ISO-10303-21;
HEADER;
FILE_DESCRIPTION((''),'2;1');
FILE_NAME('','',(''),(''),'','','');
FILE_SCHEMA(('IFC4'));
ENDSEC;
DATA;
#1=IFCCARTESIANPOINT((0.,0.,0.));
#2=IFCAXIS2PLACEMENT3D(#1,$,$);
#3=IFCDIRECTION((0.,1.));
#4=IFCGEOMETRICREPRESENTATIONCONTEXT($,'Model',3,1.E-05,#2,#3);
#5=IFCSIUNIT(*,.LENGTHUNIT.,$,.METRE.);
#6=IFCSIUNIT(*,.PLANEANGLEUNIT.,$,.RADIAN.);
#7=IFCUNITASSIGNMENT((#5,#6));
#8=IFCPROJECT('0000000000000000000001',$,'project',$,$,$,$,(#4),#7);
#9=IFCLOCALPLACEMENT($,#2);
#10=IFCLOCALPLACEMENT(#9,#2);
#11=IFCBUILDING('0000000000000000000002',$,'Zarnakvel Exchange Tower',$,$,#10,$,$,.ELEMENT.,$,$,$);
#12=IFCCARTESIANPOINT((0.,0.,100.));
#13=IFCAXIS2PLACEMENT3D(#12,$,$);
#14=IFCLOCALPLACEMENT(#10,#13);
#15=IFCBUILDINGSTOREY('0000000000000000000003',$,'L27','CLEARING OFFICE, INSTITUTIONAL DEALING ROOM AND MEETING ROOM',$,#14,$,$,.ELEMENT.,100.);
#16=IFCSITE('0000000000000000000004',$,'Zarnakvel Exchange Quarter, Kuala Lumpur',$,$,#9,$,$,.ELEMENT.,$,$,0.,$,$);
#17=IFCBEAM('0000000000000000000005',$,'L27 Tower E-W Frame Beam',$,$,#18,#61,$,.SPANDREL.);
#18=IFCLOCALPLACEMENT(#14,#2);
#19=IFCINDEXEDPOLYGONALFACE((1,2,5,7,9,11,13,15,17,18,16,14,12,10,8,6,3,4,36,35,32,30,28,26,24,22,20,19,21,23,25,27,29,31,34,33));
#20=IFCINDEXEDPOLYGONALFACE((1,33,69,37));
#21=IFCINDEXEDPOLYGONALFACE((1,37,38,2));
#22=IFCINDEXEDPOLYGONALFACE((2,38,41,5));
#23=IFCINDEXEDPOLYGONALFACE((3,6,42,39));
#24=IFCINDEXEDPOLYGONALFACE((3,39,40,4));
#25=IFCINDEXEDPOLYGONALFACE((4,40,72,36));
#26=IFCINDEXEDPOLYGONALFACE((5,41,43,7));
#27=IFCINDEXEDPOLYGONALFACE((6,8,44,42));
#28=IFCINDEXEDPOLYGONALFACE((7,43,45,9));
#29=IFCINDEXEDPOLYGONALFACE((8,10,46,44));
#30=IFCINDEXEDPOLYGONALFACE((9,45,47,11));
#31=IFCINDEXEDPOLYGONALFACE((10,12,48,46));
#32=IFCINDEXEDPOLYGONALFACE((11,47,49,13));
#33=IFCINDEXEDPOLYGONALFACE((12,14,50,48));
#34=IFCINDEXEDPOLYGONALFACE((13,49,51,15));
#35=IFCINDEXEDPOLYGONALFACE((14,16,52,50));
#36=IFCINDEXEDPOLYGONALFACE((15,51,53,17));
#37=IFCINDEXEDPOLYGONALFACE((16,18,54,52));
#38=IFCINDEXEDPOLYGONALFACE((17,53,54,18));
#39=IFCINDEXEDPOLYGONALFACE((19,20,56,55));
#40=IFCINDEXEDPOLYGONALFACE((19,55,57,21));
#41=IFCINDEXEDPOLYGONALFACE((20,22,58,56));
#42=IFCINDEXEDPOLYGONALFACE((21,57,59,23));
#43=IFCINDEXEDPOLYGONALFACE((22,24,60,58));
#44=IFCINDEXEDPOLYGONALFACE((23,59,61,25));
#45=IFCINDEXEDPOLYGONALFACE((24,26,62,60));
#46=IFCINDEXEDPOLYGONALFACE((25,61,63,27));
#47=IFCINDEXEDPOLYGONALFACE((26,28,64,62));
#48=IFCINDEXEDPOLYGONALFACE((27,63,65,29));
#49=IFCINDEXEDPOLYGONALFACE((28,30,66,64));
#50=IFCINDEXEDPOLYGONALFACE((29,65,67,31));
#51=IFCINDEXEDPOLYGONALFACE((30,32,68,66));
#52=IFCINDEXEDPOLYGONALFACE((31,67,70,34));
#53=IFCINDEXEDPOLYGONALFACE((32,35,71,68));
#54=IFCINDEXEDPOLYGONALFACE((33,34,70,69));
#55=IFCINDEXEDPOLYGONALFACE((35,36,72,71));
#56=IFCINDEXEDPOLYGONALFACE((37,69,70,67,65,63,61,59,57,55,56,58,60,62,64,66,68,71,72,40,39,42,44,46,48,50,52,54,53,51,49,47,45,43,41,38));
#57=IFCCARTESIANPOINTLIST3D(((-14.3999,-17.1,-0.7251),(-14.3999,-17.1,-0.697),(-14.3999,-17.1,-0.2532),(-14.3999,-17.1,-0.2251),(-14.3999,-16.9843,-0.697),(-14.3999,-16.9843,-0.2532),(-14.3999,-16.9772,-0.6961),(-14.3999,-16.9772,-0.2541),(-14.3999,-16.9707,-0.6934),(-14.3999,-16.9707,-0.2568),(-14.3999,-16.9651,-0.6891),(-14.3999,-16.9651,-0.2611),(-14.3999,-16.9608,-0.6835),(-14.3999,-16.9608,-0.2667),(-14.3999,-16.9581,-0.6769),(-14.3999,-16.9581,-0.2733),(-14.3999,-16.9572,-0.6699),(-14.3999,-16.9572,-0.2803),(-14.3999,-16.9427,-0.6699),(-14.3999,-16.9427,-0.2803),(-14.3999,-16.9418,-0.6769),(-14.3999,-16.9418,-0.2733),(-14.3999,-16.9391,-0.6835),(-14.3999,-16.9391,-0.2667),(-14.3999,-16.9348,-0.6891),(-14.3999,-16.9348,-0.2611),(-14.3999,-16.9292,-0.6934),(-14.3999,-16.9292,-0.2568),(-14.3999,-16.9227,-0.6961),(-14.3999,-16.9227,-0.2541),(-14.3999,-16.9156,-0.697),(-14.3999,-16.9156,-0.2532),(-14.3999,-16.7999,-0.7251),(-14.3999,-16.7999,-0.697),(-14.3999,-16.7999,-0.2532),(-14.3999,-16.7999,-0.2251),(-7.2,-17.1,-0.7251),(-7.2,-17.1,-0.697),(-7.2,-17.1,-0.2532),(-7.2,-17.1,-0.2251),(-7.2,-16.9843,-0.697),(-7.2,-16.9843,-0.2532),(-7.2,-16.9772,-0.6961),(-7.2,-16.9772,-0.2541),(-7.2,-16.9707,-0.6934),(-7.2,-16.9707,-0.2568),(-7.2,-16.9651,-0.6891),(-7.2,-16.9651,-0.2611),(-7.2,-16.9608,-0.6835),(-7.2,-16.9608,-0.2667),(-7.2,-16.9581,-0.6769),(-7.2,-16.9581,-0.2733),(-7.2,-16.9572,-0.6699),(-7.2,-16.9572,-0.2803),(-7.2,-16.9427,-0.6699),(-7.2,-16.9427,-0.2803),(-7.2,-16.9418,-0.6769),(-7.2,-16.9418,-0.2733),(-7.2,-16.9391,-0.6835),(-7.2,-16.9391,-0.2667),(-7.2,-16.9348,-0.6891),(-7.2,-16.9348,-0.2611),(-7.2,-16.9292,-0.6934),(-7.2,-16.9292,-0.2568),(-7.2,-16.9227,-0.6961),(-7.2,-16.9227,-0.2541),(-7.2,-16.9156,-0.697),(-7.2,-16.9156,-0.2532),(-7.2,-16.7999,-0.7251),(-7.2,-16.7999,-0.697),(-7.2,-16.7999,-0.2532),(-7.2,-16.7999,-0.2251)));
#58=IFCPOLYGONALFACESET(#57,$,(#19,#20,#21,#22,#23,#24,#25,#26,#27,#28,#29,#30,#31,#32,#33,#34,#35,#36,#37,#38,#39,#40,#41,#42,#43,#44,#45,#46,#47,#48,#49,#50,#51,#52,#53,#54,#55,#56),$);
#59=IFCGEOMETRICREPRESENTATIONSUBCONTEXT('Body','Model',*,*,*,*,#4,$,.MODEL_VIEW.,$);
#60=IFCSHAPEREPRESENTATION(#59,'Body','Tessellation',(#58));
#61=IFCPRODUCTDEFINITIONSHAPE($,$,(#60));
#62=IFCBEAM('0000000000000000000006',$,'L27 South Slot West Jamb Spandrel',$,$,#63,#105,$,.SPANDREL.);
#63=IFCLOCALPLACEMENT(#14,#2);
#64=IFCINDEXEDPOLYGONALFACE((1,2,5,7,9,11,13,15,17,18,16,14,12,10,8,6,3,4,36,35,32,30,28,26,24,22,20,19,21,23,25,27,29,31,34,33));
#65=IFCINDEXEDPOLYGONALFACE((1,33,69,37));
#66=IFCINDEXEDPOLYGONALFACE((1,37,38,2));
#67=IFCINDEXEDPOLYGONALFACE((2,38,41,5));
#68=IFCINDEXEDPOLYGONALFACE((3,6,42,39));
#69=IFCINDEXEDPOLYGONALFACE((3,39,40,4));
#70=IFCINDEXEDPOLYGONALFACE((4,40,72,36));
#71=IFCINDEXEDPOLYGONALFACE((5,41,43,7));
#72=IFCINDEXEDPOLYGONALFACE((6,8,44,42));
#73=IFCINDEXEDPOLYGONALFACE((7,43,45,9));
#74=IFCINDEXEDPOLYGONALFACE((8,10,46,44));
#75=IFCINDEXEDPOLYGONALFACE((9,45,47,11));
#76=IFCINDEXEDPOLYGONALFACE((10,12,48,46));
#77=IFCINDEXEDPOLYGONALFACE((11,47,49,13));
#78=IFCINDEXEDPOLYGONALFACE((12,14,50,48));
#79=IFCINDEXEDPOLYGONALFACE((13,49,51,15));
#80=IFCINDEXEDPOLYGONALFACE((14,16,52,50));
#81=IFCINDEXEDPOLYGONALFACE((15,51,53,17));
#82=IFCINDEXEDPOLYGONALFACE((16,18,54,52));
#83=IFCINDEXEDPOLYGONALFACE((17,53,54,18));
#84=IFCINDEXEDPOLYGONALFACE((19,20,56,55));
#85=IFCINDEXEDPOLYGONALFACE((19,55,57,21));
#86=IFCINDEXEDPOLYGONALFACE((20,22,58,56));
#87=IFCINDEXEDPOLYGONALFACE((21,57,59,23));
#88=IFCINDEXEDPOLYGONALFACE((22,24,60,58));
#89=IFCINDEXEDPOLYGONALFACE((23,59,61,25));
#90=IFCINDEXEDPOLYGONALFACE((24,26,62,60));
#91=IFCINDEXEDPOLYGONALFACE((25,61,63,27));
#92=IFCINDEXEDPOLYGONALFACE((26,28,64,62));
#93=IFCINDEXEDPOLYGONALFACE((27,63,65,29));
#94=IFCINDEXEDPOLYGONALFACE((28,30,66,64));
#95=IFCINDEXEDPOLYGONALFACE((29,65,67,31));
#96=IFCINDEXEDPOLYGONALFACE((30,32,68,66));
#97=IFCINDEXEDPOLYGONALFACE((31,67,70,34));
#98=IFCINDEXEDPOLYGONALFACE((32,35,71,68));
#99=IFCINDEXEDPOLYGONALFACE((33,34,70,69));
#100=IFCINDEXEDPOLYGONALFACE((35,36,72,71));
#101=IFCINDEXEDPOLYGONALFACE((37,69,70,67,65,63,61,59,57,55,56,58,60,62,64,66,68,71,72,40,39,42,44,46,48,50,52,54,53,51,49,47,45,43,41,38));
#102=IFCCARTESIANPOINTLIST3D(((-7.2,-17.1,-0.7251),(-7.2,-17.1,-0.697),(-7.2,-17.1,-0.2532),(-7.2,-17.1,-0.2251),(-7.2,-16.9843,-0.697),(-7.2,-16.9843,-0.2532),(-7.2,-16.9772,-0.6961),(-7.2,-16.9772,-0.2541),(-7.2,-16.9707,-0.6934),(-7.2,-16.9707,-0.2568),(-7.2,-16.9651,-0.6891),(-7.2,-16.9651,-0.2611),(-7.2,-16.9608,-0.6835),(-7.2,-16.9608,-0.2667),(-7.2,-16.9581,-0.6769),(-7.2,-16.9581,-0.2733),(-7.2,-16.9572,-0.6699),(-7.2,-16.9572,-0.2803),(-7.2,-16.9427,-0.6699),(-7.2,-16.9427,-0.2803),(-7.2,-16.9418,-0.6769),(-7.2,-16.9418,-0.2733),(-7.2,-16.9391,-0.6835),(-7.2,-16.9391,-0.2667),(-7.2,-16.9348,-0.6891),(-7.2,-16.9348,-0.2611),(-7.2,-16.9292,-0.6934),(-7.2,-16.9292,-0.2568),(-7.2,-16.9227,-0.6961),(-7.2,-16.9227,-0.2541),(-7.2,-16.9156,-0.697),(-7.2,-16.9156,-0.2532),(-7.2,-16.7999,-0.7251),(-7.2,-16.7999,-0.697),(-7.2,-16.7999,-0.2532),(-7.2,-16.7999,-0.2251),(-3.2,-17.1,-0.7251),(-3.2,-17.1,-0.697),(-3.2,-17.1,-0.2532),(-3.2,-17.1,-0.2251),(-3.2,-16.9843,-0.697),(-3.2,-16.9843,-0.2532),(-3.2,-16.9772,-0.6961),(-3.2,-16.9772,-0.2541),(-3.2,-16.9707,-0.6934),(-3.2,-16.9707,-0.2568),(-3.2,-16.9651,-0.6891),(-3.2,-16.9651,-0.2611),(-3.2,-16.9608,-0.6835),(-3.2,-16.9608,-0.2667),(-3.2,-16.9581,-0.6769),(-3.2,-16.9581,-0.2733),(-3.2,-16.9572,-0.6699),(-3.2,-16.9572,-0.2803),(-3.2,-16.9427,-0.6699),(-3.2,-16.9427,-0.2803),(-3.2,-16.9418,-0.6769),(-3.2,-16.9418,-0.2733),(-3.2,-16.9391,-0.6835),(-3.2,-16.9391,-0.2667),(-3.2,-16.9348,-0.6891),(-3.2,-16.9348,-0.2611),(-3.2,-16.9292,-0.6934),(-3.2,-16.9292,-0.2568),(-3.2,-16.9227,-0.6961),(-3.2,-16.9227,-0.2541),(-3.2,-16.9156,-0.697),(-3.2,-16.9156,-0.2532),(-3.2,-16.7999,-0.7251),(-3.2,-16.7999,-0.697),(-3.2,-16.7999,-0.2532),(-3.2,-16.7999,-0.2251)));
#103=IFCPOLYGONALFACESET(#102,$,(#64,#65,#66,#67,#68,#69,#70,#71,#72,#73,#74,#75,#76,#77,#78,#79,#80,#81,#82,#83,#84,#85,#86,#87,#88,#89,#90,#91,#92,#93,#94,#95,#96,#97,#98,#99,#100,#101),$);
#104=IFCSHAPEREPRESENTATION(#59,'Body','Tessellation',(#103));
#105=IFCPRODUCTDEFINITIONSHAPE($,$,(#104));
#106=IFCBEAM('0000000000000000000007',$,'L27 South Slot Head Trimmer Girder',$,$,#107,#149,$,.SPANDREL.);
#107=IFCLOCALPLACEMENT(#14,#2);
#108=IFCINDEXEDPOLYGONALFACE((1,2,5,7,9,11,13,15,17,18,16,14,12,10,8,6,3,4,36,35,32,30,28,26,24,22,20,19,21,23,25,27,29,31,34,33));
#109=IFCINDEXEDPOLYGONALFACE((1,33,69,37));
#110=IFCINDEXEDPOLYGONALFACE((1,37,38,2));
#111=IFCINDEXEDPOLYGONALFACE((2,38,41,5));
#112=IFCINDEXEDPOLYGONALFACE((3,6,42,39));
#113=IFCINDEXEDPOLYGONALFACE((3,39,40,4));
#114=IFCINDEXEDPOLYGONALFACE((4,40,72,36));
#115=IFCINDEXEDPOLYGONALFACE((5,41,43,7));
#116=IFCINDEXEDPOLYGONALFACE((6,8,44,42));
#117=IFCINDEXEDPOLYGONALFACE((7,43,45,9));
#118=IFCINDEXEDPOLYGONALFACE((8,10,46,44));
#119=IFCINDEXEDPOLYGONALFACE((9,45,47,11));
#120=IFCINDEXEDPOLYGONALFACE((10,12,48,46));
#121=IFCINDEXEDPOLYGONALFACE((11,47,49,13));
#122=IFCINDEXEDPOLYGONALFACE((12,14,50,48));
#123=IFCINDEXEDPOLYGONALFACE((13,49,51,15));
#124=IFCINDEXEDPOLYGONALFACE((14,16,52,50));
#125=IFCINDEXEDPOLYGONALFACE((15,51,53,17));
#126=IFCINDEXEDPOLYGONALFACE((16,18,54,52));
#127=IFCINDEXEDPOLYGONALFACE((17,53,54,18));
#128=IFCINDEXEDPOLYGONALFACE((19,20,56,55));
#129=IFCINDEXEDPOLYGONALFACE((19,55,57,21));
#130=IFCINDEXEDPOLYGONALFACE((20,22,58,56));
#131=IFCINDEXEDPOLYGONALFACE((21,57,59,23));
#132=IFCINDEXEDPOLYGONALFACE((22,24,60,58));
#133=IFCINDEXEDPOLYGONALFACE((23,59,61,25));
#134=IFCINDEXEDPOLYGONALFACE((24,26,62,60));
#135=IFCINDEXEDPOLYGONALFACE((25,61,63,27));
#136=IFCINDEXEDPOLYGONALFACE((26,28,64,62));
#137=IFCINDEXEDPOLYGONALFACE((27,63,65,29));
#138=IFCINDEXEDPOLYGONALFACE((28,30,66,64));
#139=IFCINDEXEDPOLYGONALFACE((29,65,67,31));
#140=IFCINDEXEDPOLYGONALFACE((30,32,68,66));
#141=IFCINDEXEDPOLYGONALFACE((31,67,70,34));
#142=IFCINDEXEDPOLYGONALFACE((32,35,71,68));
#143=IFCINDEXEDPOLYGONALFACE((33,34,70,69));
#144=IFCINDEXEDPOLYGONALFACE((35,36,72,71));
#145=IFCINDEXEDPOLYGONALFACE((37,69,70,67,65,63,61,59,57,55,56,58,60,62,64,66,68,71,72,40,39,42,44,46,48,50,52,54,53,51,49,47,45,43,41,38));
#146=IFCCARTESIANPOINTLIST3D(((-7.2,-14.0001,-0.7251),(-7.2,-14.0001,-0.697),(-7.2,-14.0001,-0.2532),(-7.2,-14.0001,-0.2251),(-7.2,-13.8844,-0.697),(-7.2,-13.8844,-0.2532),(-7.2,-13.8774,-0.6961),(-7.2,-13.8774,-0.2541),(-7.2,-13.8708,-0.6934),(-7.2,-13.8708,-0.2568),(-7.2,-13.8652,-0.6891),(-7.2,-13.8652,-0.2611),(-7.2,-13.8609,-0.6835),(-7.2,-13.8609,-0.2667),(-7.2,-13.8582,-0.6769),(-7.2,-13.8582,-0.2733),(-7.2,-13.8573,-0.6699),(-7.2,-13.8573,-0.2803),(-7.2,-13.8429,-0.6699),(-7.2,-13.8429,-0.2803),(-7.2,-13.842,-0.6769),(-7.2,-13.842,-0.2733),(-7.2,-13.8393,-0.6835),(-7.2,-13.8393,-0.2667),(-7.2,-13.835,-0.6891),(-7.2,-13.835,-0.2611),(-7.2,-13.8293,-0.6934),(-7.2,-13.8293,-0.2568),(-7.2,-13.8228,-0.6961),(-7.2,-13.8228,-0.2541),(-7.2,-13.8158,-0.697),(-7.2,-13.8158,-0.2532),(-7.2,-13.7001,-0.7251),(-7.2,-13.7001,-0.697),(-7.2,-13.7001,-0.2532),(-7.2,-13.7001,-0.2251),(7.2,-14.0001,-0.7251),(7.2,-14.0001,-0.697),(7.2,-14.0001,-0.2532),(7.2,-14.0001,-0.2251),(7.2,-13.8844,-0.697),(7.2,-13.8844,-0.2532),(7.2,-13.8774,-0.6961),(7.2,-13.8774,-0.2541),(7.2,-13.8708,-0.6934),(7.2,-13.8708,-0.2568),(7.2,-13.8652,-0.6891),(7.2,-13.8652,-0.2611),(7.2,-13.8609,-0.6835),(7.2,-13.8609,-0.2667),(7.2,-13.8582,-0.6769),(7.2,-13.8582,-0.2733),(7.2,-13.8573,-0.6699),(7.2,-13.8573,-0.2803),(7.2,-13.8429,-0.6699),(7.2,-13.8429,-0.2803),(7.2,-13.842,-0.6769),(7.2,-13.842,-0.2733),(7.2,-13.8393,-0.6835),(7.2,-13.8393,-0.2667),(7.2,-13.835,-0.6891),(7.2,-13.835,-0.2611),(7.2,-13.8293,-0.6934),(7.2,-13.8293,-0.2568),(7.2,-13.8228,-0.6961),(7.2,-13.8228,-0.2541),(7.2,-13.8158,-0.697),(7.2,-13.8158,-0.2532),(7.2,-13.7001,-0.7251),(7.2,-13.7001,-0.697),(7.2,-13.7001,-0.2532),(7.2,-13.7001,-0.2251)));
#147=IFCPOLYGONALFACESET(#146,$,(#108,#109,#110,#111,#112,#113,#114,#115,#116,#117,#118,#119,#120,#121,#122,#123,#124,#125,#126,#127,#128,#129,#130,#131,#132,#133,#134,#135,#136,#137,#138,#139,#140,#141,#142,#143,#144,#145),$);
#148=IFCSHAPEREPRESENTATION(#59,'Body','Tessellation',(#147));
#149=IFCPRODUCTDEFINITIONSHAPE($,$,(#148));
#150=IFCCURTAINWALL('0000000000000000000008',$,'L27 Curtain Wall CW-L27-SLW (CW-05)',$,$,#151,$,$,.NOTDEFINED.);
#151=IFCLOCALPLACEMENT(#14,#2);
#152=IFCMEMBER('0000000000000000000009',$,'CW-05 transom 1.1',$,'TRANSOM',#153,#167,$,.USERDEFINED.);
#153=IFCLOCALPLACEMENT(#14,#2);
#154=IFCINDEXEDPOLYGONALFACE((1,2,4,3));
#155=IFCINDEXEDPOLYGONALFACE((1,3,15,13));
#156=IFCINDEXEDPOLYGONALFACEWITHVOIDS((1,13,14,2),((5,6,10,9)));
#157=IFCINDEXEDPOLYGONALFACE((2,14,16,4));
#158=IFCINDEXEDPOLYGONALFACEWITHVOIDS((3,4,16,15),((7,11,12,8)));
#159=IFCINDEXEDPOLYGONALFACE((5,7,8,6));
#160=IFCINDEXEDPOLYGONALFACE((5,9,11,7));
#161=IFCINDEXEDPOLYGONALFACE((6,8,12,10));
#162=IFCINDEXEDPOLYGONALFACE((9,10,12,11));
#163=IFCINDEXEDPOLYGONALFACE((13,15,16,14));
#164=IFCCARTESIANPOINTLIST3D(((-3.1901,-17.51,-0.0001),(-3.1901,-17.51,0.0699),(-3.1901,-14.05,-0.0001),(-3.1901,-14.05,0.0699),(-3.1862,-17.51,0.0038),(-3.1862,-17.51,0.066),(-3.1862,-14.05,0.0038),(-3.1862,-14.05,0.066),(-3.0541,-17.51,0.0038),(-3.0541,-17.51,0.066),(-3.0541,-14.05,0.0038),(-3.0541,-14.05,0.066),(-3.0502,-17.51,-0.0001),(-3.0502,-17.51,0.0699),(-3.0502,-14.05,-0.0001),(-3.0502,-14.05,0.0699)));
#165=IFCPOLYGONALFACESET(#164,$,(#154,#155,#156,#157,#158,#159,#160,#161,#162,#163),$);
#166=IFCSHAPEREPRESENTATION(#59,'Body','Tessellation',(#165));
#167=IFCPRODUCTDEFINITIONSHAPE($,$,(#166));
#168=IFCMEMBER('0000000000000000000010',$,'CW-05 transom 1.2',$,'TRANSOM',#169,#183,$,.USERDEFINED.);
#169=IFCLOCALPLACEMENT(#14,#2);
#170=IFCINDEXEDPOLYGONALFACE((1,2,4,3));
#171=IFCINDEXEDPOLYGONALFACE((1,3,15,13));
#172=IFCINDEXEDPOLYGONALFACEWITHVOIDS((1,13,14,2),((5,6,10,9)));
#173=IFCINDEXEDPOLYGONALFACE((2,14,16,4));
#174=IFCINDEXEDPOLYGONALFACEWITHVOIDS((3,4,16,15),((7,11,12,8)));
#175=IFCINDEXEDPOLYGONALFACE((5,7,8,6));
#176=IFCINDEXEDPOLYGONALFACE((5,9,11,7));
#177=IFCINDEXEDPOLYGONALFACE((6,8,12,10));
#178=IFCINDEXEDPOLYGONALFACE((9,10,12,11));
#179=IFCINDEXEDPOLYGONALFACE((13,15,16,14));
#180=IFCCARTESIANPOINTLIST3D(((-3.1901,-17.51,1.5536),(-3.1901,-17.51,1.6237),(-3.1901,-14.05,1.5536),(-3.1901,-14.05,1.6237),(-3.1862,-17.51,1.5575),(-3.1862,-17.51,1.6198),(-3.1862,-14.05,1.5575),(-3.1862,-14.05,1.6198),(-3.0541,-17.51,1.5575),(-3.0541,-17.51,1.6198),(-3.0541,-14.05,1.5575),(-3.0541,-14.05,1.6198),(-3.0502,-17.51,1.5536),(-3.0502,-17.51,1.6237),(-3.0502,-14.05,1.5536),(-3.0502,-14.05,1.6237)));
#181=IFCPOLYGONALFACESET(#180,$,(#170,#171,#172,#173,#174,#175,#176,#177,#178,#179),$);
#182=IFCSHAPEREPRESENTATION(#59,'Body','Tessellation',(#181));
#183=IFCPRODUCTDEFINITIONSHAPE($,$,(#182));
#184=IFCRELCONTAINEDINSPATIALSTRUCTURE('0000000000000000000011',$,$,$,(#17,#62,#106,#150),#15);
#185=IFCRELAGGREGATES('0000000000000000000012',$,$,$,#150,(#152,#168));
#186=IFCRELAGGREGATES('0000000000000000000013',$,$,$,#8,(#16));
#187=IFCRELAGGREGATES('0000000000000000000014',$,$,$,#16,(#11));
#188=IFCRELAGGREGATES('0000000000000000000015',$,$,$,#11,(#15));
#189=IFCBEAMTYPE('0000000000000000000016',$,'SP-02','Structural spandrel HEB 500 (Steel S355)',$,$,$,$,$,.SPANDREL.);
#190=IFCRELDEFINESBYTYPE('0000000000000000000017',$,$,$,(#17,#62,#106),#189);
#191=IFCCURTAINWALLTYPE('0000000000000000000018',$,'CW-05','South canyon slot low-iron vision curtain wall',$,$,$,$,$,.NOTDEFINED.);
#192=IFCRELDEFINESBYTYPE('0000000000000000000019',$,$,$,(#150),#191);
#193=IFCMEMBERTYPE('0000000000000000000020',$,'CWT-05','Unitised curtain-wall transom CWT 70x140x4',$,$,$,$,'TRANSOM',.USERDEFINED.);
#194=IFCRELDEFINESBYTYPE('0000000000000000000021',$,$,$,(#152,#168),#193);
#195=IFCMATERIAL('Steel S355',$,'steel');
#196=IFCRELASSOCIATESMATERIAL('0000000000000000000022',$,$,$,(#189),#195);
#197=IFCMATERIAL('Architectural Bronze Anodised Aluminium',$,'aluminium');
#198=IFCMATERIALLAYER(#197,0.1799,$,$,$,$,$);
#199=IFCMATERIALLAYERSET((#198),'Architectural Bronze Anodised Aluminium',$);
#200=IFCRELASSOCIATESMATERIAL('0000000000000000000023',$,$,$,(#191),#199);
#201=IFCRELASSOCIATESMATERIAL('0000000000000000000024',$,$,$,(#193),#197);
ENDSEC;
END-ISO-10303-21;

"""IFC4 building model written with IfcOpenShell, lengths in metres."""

from ifc_helpers import new_model, si_unit, direction, frame, origin, origin_2d, place, context, subcontext, project, spatial, hollow_rectangle, i_section, extrude, source, transform, mapped, material, layer, layer_set, material_profile, profile_set, type_object, element, aggregate, save


model = new_model("IFC4")

# Units and contexts
model_context = context("Model", 3, precision=1e-05, world=origin(), true_north=direction((0.0, 1.0)))
body_context = subcontext(model_context, "Body", "Model", "MODEL_VIEW")
ifc_project = project(units=[si_unit("LENGTHUNIT", "METRE"), si_unit("PLANEANGLEUNIT", "RADIAN")], contexts=[model_context])

# Site, building, storey
site_placement = place(None, origin())
site = spatial("IfcSite", under=ifc_project, at=site_placement, Name="Zarnakvel Exchange Quarter, Kuala Lumpur", CompositionType="ELEMENT", RefElevation=0.0)
building_placement = place(site_placement, origin())
building = spatial("IfcBuilding", under=site, at=building_placement, Name="Zarnakvel Exchange Tower", CompositionType="ELEMENT")
storey_placement = place(building_placement, frame((0.0, 0.0, 100.0)))
storey = spatial("IfcBuildingStorey", under=building, at=storey_placement, Name="L27", Description="CLEARING OFFICE, INSTITUTIONAL DEALING ROOM AND MEETING ROOM", CompositionType="ELEMENT", Elevation=100.0)

# Beams
ifc_material_1 = material(Name="Steel S355", Category="steel")
ifc_material_profile_1 = material_profile(ifc_material_1, i_section(OverallWidth=0.3, OverallDepth=0.5, WebThickness=0.0144, FlangeThickness=0.0281, FilletRadius=0.0271, at=origin_2d()))
ifc_profile_set_1 = profile_set([ifc_material_profile_1], Name="Steel S355")
beam_type_1 = type_object("IfcBeamType", Name="SP-02", Description="Structural spandrel HEB 500 (Steel S355)", PredefinedType="SPANDREL", material=ifc_profile_set_1)
beam_1_placement = place(storey_placement, frame((-14.3999, -16.95, -0.4751), z_axis=(1.0, 0.0, 0.0), x_axis=(0.0, 1.0, 0.0)))
element("IfcBeam", 1, at=beam_1_placement, inside=storey, type_object=beam_type_1, Name="L27 Tower E-W Frame Beam", PredefinedType="SPANDREL", context=body_context, shape_type="SweptSolid", body=[
    extrude(i_section(OverallWidth=0.3, OverallDepth=0.5, WebThickness=0.0144, FlangeThickness=0.0281, FilletRadius=0.0271, at=origin_2d()), origin(), (0.0, 0.0, 1.0), 7.2),
])
beam_2_placement = place(storey_placement, frame((-7.2, -16.95, -0.4751), z_axis=(1.0, 0.0, 0.0), x_axis=(0.0, 1.0, 0.0)))
element("IfcBeam", 2, at=beam_2_placement, inside=storey, type_object=beam_type_1, Name="L27 South Slot West Jamb Spandrel", PredefinedType="SPANDREL", context=body_context, shape_type="SweptSolid", body=[
    extrude(i_section(OverallWidth=0.3, OverallDepth=0.5, WebThickness=0.0144, FlangeThickness=0.0281, FilletRadius=0.0271, at=origin_2d()), origin(), (0.0, 0.0, 1.0), 4.0),
])
beam_3_placement = place(storey_placement, frame((-7.2, -13.8501, -0.4751), z_axis=(1.0, 0.0, 0.0), x_axis=(0.0, 1.0, 0.0)))
element("IfcBeam", 3, at=beam_3_placement, inside=storey, type_object=beam_type_1, Name="L27 South Slot Head Trimmer Girder", PredefinedType="SPANDREL", context=body_context, shape_type="SweptSolid", body=[
    extrude(i_section(OverallWidth=0.3, OverallDepth=0.5, WebThickness=0.0144, FlangeThickness=0.0281, FilletRadius=0.0271, at=origin_2d()), origin(), (0.0, 0.0, 1.0), 14.3999),
])

# Curtain wall, members
ifc_material_2 = material(Name="Architectural Bronze Anodised Aluminium", Category="aluminium")
ifc_layer_1 = layer(ifc_material_2, 0.1799)
ifc_layer_set_1 = layer_set([ifc_layer_1], Name="Architectural Bronze Anodised Aluminium")
curtain_wall_type = type_object("IfcCurtainWallType", Name="CW-05", Description="South canyon slot low-iron vision curtain wall", PredefinedType="NOTDEFINED", material=ifc_layer_set_1)
curtain_wall_1_placement = place(storey_placement, origin())
curtain_wall_1 = element("IfcCurtainWall", 4, at=curtain_wall_1_placement, inside=storey, type_object=curtain_wall_type, Name="L27 Curtain Wall CW-L27-SLW (CW-05)", PredefinedType="NOTDEFINED")
ifc_material_profile_2 = material_profile(ifc_material_2, hollow_rectangle(XDim=0.1399, YDim=0.0701, WallThickness=0.0039, at=origin_2d()))
ifc_profile_set_2 = profile_set([ifc_material_profile_2], Name="Architectural Bronze Anodised Aluminium")
member_type_1 = type_object("IfcMemberType", Name="CWT-05", Description="Unitised curtain-wall transom CWT 70x140x4", ElementType="TRANSOM", PredefinedType="USERDEFINED", material=ifc_profile_set_2)
shared_shape_1 = source(origin(), body_context, "Body", "SweptSolid", [
    extrude(hollow_rectangle(XDim=0.1399, YDim=0.0701, WallThickness=0.0039, at=origin_2d()), origin(), (0.0, 0.0, 1.0), 3.46),
])
member_1_placement = place(storey_placement, frame((-3.1201, -17.51, 0.0349), z_axis=(0.0, 1.0, 0.0), x_axis=(-1.0, 0.0, 0.0)))
member_1 = element("IfcMember", 5, at=member_1_placement, type_object=member_type_1, Name="CW-05 transom 1.1", ObjectType="TRANSOM", PredefinedType="USERDEFINED", context=body_context, shape_type="MappedRepresentation", body=[
    mapped(shared_shape_1, transform((0.0, 0.0, 0.0), x_axis=(1.0, 0.0, 0.0), y_axis=(0.0, 1.0, 0.0), z_axis=(0.0, 0.0, 1.0), scale=1.0)),
])
member_2_placement = place(storey_placement, frame((-3.1201, -17.51, 1.5886), z_axis=(0.0, 1.0, 0.0), x_axis=(-1.0, 0.0, 0.0)))
member_2 = element("IfcMember", 6, at=member_2_placement, type_object=member_type_1, Name="CW-05 transom 1.2", ObjectType="TRANSOM", PredefinedType="USERDEFINED", context=body_context, shape_type="MappedRepresentation", body=[
    mapped(shared_shape_1, transform((0.0, 0.0, 0.0), x_axis=(1.0, 0.0, 0.0), y_axis=(0.0, 1.0, 0.0), z_axis=(0.0, 0.0, 1.0), scale=1.0)),
])

aggregate(curtain_wall_1, [member_1, member_2])

save(model, "model.ifc")
